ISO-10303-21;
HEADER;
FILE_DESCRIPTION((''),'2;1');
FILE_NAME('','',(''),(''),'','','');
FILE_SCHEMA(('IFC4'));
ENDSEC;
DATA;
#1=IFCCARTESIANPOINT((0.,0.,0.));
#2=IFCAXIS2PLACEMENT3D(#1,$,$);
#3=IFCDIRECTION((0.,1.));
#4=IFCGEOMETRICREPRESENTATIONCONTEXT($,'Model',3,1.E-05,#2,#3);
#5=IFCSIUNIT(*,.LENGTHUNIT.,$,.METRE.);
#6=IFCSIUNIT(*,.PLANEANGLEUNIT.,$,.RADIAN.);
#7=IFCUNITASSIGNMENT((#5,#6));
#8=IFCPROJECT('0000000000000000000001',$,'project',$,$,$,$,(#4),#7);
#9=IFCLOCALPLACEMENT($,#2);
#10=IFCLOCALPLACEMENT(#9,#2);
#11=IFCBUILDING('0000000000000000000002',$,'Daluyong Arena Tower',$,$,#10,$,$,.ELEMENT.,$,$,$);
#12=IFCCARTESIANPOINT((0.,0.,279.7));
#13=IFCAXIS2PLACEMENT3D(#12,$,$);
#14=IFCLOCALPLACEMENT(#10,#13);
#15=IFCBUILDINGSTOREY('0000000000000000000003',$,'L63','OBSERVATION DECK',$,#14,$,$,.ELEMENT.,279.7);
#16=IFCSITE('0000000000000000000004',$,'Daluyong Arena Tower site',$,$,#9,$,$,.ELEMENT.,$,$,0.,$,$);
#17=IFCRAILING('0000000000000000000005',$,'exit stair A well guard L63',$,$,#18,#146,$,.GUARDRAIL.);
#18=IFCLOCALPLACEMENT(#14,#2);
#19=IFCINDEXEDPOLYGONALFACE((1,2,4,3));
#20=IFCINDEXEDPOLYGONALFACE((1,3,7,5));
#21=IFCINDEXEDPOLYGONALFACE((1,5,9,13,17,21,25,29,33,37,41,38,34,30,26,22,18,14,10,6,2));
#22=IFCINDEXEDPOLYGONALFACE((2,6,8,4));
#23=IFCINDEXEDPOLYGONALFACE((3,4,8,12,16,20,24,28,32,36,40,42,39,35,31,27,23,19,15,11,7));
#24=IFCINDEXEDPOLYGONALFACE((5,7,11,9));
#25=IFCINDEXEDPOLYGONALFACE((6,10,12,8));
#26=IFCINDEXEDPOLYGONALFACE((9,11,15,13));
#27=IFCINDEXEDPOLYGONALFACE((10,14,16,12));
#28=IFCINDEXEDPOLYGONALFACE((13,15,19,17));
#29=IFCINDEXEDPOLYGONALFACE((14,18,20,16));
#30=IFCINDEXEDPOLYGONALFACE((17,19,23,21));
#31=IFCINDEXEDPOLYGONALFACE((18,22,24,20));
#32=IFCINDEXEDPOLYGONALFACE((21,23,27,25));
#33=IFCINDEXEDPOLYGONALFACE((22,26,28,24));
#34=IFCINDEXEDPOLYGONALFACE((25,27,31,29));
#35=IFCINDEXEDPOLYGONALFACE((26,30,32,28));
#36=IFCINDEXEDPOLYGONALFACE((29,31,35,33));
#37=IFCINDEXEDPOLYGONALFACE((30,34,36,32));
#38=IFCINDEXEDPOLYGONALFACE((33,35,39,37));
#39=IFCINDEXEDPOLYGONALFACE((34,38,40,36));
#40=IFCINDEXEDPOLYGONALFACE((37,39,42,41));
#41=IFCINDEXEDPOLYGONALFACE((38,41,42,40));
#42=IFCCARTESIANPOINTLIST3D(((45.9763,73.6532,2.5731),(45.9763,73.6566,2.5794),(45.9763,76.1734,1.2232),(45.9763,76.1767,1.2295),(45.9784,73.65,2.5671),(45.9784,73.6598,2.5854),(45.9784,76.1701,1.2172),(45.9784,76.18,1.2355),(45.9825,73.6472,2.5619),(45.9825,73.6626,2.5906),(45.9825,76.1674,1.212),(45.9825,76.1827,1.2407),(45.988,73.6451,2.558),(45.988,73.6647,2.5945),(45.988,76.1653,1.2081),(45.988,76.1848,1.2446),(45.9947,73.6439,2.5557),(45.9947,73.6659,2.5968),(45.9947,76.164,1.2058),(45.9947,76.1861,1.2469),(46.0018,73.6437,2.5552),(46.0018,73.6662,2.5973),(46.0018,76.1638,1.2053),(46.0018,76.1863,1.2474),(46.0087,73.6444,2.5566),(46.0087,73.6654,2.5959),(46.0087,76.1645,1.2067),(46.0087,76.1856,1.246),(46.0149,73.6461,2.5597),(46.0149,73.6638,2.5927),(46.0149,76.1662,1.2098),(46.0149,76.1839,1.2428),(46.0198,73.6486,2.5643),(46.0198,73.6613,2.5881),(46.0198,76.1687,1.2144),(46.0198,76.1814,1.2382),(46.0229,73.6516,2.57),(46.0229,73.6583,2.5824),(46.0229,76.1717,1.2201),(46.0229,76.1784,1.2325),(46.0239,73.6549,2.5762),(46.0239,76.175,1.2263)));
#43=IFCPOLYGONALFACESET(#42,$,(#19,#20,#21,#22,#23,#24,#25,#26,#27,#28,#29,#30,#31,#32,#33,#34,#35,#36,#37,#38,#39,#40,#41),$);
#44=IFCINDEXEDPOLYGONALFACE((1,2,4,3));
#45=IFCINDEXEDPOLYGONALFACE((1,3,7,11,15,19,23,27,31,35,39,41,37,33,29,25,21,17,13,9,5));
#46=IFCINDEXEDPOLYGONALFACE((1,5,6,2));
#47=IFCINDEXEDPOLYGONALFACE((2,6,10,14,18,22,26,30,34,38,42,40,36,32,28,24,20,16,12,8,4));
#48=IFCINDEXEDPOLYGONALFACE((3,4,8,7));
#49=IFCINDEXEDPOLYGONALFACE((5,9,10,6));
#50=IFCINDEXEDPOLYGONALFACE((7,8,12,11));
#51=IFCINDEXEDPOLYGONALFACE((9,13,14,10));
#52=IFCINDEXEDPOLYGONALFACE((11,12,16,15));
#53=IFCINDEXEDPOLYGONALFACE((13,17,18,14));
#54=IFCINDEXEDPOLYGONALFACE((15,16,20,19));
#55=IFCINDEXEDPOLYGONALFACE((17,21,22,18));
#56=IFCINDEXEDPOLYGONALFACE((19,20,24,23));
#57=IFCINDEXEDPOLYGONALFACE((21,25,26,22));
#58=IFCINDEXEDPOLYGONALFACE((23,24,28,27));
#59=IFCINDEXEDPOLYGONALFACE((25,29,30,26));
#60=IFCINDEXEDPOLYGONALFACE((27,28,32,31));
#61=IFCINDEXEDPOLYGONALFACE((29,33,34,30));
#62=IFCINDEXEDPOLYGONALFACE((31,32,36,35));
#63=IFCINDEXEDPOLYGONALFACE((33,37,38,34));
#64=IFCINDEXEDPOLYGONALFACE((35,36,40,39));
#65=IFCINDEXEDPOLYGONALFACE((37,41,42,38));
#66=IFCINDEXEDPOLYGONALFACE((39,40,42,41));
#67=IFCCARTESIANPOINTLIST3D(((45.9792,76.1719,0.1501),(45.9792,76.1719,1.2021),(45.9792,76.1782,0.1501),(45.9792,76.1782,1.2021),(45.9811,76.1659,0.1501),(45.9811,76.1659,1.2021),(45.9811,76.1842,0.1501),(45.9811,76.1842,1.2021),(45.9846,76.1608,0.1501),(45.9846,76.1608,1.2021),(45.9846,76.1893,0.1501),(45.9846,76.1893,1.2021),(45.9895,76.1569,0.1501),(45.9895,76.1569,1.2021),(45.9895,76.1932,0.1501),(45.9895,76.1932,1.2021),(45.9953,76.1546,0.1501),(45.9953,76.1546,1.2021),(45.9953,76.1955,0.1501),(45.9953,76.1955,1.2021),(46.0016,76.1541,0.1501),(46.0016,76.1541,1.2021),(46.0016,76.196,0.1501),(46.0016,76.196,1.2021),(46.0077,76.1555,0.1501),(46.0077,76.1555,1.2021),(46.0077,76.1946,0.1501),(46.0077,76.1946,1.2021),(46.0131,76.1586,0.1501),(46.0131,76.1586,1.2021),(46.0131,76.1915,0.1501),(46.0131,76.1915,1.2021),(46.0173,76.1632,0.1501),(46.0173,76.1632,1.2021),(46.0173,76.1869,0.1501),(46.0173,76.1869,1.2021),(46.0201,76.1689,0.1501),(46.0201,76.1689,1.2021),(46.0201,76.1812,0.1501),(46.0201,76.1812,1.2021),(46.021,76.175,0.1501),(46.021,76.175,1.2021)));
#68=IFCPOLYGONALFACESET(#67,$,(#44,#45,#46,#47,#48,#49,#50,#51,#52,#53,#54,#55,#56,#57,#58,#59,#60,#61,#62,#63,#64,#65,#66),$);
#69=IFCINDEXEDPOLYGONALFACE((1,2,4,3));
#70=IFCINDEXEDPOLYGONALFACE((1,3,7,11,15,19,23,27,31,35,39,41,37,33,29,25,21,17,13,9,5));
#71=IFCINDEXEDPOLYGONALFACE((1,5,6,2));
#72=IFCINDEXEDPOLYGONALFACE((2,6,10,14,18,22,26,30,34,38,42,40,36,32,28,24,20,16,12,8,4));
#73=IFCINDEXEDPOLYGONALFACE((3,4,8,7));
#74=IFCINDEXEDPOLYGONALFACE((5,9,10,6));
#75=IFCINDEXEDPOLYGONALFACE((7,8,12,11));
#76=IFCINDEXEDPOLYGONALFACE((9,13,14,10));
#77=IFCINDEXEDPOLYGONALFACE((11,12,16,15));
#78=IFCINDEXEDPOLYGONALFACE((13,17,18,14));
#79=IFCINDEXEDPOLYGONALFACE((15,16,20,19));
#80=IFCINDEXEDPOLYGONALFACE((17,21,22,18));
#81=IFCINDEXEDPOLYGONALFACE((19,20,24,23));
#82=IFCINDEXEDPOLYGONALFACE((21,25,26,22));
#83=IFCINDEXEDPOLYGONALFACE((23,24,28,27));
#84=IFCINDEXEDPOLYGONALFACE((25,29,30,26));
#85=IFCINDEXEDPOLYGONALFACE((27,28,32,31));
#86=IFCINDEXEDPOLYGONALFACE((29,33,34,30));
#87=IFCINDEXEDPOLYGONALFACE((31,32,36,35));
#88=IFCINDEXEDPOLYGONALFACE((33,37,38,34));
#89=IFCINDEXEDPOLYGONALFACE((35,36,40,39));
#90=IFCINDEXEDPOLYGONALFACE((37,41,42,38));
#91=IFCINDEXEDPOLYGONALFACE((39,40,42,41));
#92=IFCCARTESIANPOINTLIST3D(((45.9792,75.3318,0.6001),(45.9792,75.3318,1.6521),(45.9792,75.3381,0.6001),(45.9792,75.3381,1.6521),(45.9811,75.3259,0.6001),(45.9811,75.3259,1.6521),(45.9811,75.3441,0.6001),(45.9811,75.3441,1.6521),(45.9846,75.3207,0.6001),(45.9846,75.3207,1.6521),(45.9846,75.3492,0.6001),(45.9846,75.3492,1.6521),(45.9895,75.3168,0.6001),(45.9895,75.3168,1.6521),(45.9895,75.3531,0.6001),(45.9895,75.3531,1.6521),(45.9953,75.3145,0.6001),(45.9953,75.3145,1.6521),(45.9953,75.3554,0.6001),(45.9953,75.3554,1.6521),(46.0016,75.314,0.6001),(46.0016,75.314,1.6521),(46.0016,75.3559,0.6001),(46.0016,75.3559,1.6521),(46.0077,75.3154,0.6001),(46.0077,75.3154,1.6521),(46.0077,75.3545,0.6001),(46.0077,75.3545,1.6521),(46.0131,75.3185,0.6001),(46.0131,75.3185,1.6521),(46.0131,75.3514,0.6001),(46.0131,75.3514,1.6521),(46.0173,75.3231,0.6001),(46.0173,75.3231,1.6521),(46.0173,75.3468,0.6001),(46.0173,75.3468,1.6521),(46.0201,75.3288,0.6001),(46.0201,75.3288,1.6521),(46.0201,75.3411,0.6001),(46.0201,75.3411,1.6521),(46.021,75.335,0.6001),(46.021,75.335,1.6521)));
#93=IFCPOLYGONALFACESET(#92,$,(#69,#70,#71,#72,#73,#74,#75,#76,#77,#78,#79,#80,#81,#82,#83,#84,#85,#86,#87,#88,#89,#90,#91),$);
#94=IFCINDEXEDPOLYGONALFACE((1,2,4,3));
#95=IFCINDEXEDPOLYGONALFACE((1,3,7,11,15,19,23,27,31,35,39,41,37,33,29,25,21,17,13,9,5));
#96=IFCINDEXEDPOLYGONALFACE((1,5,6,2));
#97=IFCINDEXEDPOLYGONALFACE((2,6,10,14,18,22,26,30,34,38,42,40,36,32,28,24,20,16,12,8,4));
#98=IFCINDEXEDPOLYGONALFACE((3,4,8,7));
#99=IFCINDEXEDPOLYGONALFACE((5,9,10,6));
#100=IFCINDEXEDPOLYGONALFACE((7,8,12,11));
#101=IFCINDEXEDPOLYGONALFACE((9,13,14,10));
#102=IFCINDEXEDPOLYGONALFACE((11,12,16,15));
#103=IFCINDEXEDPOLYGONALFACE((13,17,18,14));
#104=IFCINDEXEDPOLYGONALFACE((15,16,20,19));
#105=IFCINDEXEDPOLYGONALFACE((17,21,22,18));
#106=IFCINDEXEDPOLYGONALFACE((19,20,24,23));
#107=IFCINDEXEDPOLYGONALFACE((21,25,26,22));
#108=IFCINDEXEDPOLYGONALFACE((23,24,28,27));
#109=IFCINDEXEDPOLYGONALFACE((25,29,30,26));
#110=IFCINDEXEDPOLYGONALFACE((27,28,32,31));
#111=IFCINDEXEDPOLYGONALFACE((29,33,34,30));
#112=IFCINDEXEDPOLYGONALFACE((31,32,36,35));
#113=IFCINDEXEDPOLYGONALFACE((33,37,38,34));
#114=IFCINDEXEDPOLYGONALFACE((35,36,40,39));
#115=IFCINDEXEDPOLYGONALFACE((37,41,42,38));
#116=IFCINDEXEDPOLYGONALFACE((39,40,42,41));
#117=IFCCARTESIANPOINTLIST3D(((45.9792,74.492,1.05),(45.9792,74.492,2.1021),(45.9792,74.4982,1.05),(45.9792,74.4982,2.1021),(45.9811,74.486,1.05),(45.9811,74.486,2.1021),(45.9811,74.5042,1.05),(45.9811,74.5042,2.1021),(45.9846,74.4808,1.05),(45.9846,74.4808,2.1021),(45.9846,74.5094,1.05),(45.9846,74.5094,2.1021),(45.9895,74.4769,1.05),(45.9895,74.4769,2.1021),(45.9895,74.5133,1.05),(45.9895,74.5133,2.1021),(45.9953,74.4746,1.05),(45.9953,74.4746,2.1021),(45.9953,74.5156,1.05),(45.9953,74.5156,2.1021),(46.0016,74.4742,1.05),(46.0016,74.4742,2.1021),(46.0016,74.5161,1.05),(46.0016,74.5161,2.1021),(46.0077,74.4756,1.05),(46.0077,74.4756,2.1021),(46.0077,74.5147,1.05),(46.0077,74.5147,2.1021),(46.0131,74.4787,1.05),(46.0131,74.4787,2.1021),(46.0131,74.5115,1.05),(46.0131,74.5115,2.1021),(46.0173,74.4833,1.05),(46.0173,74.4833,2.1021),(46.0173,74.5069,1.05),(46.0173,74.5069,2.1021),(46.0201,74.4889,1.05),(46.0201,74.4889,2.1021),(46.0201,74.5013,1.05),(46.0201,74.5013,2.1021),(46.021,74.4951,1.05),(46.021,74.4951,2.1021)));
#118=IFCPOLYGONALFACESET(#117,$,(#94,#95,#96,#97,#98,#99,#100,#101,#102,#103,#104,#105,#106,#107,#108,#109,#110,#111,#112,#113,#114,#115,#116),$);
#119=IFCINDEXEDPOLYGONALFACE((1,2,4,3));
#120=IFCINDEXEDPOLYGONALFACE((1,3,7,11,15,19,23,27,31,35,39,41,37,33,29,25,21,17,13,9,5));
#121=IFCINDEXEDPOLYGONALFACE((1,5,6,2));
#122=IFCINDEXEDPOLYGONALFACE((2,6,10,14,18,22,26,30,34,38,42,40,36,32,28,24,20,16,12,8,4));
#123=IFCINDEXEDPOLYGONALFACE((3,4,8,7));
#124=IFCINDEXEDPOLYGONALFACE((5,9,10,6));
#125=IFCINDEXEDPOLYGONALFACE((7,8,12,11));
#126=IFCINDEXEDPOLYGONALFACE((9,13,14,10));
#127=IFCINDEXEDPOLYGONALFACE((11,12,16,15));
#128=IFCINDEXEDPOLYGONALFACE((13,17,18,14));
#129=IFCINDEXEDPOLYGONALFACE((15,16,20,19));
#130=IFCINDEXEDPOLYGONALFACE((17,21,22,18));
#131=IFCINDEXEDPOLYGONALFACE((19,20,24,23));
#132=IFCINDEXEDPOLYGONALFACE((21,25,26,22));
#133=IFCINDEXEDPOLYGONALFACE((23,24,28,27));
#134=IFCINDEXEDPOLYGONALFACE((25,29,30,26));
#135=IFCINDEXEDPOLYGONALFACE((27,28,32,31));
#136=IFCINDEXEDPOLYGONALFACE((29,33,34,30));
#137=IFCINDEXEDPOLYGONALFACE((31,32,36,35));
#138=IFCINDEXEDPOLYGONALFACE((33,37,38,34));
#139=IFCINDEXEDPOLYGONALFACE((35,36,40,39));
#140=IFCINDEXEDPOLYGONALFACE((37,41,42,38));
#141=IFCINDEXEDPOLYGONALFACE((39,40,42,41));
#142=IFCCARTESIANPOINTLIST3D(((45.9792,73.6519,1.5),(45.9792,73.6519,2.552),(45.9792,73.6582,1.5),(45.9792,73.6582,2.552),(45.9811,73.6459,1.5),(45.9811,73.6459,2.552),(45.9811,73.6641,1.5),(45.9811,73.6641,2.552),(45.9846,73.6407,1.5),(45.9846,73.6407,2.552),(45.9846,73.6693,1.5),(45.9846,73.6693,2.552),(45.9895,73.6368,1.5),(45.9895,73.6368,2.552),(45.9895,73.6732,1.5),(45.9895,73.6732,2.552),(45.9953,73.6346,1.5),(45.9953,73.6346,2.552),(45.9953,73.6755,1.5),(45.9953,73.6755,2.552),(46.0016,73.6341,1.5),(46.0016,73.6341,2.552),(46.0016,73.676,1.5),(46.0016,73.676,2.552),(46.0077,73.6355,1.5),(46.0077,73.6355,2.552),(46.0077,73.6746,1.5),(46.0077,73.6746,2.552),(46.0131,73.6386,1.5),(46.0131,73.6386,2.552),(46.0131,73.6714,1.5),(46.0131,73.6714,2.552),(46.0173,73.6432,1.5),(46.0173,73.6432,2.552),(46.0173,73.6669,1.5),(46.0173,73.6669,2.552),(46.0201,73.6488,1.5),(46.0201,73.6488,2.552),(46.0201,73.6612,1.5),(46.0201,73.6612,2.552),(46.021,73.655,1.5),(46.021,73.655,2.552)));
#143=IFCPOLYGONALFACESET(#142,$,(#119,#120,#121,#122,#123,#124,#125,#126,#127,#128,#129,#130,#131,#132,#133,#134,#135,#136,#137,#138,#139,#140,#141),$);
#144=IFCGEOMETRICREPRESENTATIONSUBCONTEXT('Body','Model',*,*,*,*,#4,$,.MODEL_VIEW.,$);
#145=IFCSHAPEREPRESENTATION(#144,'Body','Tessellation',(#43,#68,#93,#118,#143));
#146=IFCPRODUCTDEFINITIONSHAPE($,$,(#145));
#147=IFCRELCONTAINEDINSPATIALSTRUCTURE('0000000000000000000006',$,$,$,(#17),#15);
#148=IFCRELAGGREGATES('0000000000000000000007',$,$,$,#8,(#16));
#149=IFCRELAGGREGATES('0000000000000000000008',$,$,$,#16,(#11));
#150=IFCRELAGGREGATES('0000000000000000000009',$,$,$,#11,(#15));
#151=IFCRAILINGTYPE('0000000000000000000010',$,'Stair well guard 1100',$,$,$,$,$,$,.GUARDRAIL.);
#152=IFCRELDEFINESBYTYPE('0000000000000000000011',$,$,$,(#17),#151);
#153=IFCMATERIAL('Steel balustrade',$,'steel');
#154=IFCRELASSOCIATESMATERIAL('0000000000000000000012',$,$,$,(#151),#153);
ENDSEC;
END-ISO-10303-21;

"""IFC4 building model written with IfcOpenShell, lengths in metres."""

from ifc_helpers import new_model, si_unit, direction, frame, origin, origin_2d, place, context, subcontext, project, spatial, circle, extrude, material, type_object, element, save


model = new_model("IFC4")

# Units and contexts
model_context = context("Model", 3, precision=1e-05, world=origin(), true_north=direction((0.0, 1.0)))
body_context = subcontext(model_context, "Body", "Model", "MODEL_VIEW")
ifc_project = project(units=[si_unit("LENGTHUNIT", "METRE"), si_unit("PLANEANGLEUNIT", "RADIAN")], contexts=[model_context])

# Site, building, storey
site_placement = place(None, origin())
site = spatial("IfcSite", under=ifc_project, at=site_placement, Name="Daluyong Arena Tower site", CompositionType="ELEMENT", RefElevation=0.0)
building_placement = place(site_placement, origin())
building = spatial("IfcBuilding", under=site, at=building_placement, Name="Daluyong Arena Tower", CompositionType="ELEMENT")
storey_placement = place(building_placement, frame((0.0, 0.0, 279.7)))
storey = spatial("IfcBuildingStorey", under=building, at=storey_placement, Name="L63", Description="OBSERVATION DECK", CompositionType="ELEMENT", Elevation=279.7)

# Railing
ifc_material_1 = material(Name="Steel balustrade", Category="steel")
railing_type_1 = type_object("IfcRailingType", Name="Stair well guard 1100", PredefinedType="GUARDRAIL", material=ifc_material_1)
railing_1_placement = place(storey_placement, frame((46.0, 76.175, 0.1501)))
element("IfcRailing", 1, at=railing_1_placement, inside=storey, type_object=railing_type_1, Name="exit stair A well guard L63", PredefinedType="GUARDRAIL", context=body_context, shape_type="SweptSolid", body=[
    extrude(circle(Radius=0.0239, at=origin_2d()), frame((0.0, 0.0, 1.0762), z_axis=(0.0, -0.881503, 0.472179), x_axis=(1.0, 0.0, 0.0)), (0.0, 0.0, 1.0), 2.8589),
    extrude(circle(Radius=0.021, at=origin_2d()), origin(), (0.0, 0.0, 1.0), 1.052),
    extrude(circle(Radius=0.021, at=origin_2d()), frame((0.0, -0.8401, 0.45)), (0.0, 0.0, 1.0), 1.052),
    extrude(circle(Radius=0.021, at=origin_2d()), frame((0.0, -1.6799, 0.8999)), (0.0, 0.0, 1.0), 1.052),
    extrude(circle(Radius=0.021, at=origin_2d()), frame((0.0, -2.52, 1.3499)), (0.0, 0.0, 1.0), 1.052),
])

save(model, "model.ifc")
